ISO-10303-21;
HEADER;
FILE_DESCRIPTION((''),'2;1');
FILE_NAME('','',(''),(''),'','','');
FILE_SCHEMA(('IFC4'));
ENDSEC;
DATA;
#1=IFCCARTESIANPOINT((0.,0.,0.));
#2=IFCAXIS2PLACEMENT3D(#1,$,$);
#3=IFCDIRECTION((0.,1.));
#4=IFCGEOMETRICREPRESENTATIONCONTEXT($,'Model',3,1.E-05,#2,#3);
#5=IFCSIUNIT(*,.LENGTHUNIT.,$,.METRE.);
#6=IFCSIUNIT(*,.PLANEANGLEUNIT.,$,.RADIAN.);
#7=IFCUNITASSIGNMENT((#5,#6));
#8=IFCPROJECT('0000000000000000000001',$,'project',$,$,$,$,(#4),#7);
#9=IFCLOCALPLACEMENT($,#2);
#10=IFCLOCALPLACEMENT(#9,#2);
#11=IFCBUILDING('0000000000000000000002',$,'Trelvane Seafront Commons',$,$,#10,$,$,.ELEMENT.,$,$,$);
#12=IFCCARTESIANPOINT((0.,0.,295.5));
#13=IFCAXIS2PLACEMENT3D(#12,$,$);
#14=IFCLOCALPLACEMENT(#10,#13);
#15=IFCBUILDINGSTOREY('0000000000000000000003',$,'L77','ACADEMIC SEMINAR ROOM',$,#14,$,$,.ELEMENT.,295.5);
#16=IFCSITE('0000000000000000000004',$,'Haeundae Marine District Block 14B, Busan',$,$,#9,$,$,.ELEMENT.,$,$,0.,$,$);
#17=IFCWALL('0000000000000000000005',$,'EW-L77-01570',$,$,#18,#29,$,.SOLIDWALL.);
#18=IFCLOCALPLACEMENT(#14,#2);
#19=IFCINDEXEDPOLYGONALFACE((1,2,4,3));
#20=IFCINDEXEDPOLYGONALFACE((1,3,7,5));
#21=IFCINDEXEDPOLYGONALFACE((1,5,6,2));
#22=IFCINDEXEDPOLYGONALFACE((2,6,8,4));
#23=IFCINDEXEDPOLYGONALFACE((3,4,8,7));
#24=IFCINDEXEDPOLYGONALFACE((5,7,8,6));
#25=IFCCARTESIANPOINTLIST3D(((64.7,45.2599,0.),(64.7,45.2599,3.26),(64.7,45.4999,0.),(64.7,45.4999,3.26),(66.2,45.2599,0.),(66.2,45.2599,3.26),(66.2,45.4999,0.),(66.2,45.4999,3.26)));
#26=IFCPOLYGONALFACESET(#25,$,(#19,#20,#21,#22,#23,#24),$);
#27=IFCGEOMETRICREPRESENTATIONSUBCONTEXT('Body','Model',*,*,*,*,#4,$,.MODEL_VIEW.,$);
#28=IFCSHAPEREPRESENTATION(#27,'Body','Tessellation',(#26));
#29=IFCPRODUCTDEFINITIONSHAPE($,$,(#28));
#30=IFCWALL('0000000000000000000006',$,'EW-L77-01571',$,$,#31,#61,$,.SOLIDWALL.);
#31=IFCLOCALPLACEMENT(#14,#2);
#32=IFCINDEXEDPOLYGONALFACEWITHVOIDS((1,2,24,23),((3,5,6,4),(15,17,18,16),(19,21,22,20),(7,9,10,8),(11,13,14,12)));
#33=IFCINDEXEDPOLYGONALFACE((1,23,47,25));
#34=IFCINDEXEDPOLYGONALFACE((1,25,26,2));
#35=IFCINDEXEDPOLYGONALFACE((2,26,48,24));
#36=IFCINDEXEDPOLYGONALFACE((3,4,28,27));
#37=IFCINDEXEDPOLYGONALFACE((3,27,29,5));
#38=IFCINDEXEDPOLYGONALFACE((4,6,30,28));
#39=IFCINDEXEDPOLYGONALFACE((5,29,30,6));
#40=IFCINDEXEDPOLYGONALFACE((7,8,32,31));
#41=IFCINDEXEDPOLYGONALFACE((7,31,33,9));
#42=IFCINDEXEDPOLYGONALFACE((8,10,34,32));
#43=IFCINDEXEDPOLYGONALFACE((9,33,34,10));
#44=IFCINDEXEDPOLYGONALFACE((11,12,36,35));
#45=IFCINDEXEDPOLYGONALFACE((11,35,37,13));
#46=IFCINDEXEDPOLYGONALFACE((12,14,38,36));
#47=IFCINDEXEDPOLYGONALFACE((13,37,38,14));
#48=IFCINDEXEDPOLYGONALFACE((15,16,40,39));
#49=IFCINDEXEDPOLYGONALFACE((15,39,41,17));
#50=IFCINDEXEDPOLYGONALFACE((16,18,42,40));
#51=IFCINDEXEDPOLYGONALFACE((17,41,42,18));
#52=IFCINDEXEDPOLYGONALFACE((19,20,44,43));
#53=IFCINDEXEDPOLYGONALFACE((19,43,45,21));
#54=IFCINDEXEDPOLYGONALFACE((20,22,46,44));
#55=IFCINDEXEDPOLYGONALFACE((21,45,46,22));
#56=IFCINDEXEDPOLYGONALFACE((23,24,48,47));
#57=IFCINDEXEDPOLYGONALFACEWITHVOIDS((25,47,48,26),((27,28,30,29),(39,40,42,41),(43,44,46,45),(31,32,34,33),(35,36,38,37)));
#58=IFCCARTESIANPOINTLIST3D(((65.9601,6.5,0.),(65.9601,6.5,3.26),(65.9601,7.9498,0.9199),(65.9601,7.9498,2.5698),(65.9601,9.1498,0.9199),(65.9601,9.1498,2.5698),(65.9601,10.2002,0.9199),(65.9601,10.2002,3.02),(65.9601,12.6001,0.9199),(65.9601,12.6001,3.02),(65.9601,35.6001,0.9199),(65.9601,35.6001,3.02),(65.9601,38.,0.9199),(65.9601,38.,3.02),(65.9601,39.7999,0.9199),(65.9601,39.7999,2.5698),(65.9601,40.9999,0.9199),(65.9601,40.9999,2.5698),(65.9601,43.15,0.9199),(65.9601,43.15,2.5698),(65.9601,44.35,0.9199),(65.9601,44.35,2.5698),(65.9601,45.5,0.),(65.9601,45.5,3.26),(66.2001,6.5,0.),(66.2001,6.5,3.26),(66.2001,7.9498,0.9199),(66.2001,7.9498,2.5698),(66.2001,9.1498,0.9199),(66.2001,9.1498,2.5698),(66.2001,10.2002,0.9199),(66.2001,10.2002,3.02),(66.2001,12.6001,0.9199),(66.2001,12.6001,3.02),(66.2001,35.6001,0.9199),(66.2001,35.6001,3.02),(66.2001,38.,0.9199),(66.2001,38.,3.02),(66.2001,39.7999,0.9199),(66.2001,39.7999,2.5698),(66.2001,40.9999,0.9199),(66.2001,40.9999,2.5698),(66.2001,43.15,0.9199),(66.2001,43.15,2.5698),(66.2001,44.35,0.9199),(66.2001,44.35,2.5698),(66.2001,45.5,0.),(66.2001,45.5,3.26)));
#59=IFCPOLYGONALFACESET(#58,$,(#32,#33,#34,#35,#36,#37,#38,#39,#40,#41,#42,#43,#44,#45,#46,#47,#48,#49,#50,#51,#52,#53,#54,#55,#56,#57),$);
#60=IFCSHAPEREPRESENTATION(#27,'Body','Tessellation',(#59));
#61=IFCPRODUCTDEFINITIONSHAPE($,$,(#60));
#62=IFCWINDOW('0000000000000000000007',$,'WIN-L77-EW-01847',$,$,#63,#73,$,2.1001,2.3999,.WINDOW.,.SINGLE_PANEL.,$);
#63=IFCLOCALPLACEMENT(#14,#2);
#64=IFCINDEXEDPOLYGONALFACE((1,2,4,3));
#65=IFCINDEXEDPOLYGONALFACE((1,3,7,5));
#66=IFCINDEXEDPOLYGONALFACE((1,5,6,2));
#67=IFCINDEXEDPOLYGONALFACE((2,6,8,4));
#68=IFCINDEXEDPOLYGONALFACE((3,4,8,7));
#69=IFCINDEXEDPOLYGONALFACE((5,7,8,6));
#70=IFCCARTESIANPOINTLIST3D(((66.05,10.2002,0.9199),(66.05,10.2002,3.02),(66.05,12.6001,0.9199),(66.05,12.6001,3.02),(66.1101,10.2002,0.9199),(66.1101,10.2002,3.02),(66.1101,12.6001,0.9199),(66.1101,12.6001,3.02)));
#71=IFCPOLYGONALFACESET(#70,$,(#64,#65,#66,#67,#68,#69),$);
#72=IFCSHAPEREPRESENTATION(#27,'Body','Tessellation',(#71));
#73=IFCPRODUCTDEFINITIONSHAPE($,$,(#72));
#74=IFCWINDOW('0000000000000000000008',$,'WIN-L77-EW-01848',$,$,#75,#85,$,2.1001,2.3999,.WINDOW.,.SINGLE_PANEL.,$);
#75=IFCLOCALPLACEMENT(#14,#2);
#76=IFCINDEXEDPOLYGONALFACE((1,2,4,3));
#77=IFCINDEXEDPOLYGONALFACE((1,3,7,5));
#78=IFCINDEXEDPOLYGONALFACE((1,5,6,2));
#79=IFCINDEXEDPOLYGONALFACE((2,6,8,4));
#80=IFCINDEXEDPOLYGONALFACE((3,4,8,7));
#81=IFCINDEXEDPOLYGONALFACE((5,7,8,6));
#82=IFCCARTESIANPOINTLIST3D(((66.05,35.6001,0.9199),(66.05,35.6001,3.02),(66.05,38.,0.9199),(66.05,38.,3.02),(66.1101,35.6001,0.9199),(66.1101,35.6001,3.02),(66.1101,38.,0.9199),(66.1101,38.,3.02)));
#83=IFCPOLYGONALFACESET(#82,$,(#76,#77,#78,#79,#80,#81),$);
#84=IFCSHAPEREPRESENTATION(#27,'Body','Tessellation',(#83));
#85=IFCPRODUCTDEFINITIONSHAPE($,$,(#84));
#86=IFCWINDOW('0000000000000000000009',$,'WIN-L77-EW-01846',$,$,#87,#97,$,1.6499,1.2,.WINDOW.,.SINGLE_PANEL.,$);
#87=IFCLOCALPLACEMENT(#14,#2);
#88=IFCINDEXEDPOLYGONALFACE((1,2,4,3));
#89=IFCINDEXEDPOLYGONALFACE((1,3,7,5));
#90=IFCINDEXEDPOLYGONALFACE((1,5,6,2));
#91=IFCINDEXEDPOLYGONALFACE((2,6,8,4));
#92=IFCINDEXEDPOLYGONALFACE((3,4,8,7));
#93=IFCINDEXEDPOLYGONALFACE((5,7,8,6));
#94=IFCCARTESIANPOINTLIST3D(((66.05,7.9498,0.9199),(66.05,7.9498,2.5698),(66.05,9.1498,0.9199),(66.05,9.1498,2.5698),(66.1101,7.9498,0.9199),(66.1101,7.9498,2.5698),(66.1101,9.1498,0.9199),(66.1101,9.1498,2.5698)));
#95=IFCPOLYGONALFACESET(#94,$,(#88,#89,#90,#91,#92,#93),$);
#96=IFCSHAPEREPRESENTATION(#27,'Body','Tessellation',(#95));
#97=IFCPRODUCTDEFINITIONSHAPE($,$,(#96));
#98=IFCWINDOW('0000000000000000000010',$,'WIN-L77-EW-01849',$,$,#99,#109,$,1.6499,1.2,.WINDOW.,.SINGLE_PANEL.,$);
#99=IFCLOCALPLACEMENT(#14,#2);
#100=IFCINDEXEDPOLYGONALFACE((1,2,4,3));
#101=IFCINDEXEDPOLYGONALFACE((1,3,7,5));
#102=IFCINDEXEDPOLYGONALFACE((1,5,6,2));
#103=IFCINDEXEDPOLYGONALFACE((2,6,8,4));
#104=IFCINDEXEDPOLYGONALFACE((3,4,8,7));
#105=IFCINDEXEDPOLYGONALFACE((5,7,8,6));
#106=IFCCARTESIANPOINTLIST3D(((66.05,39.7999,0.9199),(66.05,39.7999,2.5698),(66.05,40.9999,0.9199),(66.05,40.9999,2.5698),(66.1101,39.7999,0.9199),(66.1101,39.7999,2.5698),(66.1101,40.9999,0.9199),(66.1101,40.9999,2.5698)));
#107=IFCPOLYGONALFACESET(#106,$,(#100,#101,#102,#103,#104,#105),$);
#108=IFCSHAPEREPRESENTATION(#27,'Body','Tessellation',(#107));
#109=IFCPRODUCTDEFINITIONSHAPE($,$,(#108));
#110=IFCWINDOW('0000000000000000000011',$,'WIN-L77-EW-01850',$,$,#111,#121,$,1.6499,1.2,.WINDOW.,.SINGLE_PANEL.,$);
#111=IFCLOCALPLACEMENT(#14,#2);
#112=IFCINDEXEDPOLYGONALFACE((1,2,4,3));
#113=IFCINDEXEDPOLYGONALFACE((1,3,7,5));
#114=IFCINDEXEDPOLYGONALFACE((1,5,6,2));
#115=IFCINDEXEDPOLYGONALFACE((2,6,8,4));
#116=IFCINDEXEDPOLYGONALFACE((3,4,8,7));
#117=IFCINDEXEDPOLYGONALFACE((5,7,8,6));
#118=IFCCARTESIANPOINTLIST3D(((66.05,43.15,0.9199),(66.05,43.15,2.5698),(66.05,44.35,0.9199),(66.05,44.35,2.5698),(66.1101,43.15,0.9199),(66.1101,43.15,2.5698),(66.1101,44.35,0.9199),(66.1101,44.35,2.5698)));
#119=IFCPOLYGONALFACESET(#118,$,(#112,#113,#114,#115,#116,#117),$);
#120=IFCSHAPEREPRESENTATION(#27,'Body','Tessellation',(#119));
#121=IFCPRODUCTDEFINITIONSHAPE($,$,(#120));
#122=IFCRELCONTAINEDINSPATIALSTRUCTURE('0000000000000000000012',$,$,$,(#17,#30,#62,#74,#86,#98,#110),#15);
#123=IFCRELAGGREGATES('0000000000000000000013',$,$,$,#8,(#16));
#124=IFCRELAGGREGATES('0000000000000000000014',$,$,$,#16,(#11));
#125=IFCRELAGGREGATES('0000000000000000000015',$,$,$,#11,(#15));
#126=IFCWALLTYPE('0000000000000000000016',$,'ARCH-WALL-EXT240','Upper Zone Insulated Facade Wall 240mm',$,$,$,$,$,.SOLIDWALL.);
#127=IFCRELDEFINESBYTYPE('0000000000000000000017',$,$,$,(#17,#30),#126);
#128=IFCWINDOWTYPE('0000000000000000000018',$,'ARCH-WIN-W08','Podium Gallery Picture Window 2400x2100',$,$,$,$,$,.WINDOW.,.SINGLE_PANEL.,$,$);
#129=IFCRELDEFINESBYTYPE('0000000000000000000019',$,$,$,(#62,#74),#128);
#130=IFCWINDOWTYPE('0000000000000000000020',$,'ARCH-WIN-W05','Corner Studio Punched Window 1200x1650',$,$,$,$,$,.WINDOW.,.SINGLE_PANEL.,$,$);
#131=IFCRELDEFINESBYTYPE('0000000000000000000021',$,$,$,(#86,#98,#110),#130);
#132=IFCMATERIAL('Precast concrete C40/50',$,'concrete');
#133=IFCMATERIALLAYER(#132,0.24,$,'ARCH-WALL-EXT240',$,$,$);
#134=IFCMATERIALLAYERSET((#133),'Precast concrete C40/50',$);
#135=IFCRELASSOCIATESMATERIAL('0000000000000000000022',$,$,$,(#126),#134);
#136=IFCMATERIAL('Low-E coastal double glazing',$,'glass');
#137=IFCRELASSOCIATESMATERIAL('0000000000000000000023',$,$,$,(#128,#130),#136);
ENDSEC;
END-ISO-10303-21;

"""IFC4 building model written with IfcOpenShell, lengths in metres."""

from ifc_helpers import new_model, si_unit, direction, frame, frame_2d, origin, place, context, subcontext, project, spatial, rectangle, extrude, source, transform, mapped, material, layer, layer_set, type_object, element, fill, save


model = new_model("IFC4")

# Units and contexts
model_context = context("Model", 3, precision=1e-05, world=origin(), true_north=direction((0.0, 1.0)))
body_context = subcontext(model_context, "Body", "Model", "MODEL_VIEW")
ifc_project = project(units=[si_unit("LENGTHUNIT", "METRE"), si_unit("PLANEANGLEUNIT", "RADIAN")], contexts=[model_context])

# Site, building, storey
site_placement = place(None, origin())
site = spatial("IfcSite", under=ifc_project, at=site_placement, Name="Haeundae Marine District Block 14B, Busan", CompositionType="ELEMENT", RefElevation=0.0)
building_placement = place(site_placement, origin())
building = spatial("IfcBuilding", under=site, at=building_placement, Name="Trelvane Seafront Commons", CompositionType="ELEMENT")
storey_placement = place(building_placement, frame((0.0, 0.0, 295.5)))
storey = spatial("IfcBuildingStorey", under=building, at=storey_placement, Name="L77", Description="ACADEMIC SEMINAR ROOM", CompositionType="ELEMENT", Elevation=295.5)

# Shared definitions
ifc_material_1 = material(Name="Low-E coastal double glazing", Category="glass")

# Shared definitions
ifc_material_2 = material(Name="Precast concrete C40/50", Category="concrete")
ifc_layer_1 = layer(ifc_material_2, 0.24, Name="ARCH-WALL-EXT240")
ifc_layer_set_1 = layer_set([ifc_layer_1], Name="Precast concrete C40/50")
wall_type = type_object("IfcWallType", Name="ARCH-WALL-EXT240", Description="Upper Zone Insulated Facade Wall 240mm", PredefinedType="SOLIDWALL", material=ifc_layer_set_1)

# Wall
for number, where, z_axis, x_axis, name in (
    (1, (64.7, 45.3799, 0.0), (0.0, 0.0, 1.0), (1.0, 0.0, 0.0), "EW-L77-01570"),
):
    element("IfcWall", number, at=place(storey_placement, frame(where, z_axis=z_axis, x_axis=x_axis)), inside=storey, type_object=wall_type, Name=name, PredefinedType="SOLIDWALL", context=body_context, shape_type="SweptSolid", body=[
        extrude(rectangle(XDim=1.5, YDim=0.24, at=frame_2d((0.75, 0.0))), origin(), (0.0, 0.0, 1.0), 3.26),
    ])

# Wall, openings, windows
wall_1_placement = place(storey_placement, frame((66.0801, 45.5, 0.0), z_axis=(0.0, 0.0, 1.0), x_axis=(0.0, -1.0, 0.0)))
wall_1 = element("IfcWall", 2, at=wall_1_placement, inside=storey, type_object=wall_type, Name="EW-L77-01571", PredefinedType="SOLIDWALL", context=body_context, shape_type="SweptSolid", body=[
    extrude(rectangle(XDim=39.0, YDim=0.24, at=frame_2d((19.5, 0.0))), origin(), (0.0, 0.0, 1.0), 3.26),
])
opening_1_placement = place(wall_1_placement, frame((36.3501, 0.0, 0.9199)))
opening_1 = element("IfcOpeningElement", 3, at=opening_1_placement, cuts=wall_1, PredefinedType="OPENING", context=body_context, shape_type="SweptSolid", body=[
    extrude(rectangle(XDim=1.2, YDim=1.6499, at=frame_2d((0.6001, 0.825))), frame((0.0, 0.1299, 0.0), z_axis=(0.0, -1.0, 0.0), x_axis=(1.0, 0.0, 0.0)), (0.0, 0.0, 1.0), 0.26),
])
opening_2_placement = place(wall_1_placement, frame((32.8999, 0.0, 0.9199)))
opening_2 = element("IfcOpeningElement", 4, at=opening_2_placement, cuts=wall_1, PredefinedType="OPENING", context=body_context, shape_type="SweptSolid", body=[
    extrude(rectangle(XDim=2.3999, YDim=2.1001, at=frame_2d((1.2, 1.05))), frame((0.0, 0.1299, 0.0), z_axis=(0.0, -1.0, 0.0), x_axis=(1.0, 0.0, 0.0)), (0.0, 0.0, 1.0), 0.26),
])
opening_3_placement = place(wall_1_placement, frame((7.5, 0.0, 0.9199)))
opening_3 = element("IfcOpeningElement", 5, at=opening_3_placement, cuts=wall_1, PredefinedType="OPENING", context=body_context, shape_type="SweptSolid", body=[
    extrude(rectangle(XDim=2.3999, YDim=2.1001, at=frame_2d((1.2, 1.05))), frame((0.0, 0.1299, 0.0), z_axis=(0.0, -1.0, 0.0), x_axis=(1.0, 0.0, 0.0)), (0.0, 0.0, 1.0), 0.26),
])
opening_4_placement = place(wall_1_placement, frame((4.5, 0.0, 0.9199)))
opening_4 = element("IfcOpeningElement", 6, at=opening_4_placement, cuts=wall_1, PredefinedType="OPENING", context=body_context, shape_type="SweptSolid", body=[
    extrude(rectangle(XDim=1.2, YDim=1.6499, at=frame_2d((0.6001, 0.825))), frame((0.0, 0.1299, 0.0), z_axis=(0.0, -1.0, 0.0), x_axis=(1.0, 0.0, 0.0)), (0.0, 0.0, 1.0), 0.26),
])
opening_5_placement = place(wall_1_placement, frame((1.1499, 0.0, 0.9199)))
opening_5 = element("IfcOpeningElement", 7, at=opening_5_placement, cuts=wall_1, PredefinedType="OPENING", context=body_context, shape_type="SweptSolid", body=[
    extrude(rectangle(XDim=1.2, YDim=1.6499, at=frame_2d((0.6001, 0.825))), frame((0.0, 0.1299, 0.0), z_axis=(0.0, -1.0, 0.0), x_axis=(1.0, 0.0, 0.0)), (0.0, 0.0, 1.0), 0.26),
])
window_type_1 = type_object("IfcWindowType", Name="ARCH-WIN-W08", Description="Podium Gallery Picture Window 2400x2100", PartitioningType="SINGLE_PANEL", PredefinedType="WINDOW", material=ifc_material_1)
shared_shape_1 = source(origin(), body_context, "Body", "SweptSolid", [
    extrude(rectangle(XDim=2.3999, YDim=2.1001, at=frame_2d((1.2, 1.05))), frame((0.0, 0.03, 0.0), z_axis=(0.0, -1.0, 0.0), x_axis=(1.0, 0.0, 0.0)), (0.0, 0.0, 1.0), 0.0601),
])
window_1_placement = place(opening_2_placement, origin())
window_1 = element("IfcWindow", 8, at=window_1_placement, inside=storey, type_object=window_type_1, Name="WIN-L77-EW-01847", OverallHeight=2.1001, OverallWidth=2.3999, PartitioningType="SINGLE_PANEL", PredefinedType="WINDOW", context=body_context, shape_type="MappedRepresentation", body=[
    mapped(shared_shape_1, transform((0.0, 0.0, 0.0), x_axis=(1.0, 0.0, 0.0), y_axis=(0.0, 1.0, 0.0), z_axis=(0.0, 0.0, 1.0), scale=1.0)),
])
fill(opening_2, window_1)
window_2_placement = place(opening_3_placement, origin())
window_2 = element("IfcWindow", 9, at=window_2_placement, inside=storey, type_object=window_type_1, Name="WIN-L77-EW-01848", OverallHeight=2.1001, OverallWidth=2.3999, PartitioningType="SINGLE_PANEL", PredefinedType="WINDOW", context=body_context, shape_type="MappedRepresentation", body=[
    mapped(shared_shape_1, transform((0.0, 0.0, 0.0), x_axis=(1.0, 0.0, 0.0), y_axis=(0.0, 1.0, 0.0), z_axis=(0.0, 0.0, 1.0), scale=1.0)),
])
fill(opening_3, window_2)
window_type_2 = type_object("IfcWindowType", Name="ARCH-WIN-W05", Description="Corner Studio Punched Window 1200x1650", PartitioningType="SINGLE_PANEL", PredefinedType="WINDOW", material=ifc_material_1)
shared_shape_2 = source(origin(), body_context, "Body", "SweptSolid", [
    extrude(rectangle(XDim=1.2, YDim=1.6499, at=frame_2d((0.6001, 0.825))), frame((0.0, 0.03, 0.0), z_axis=(0.0, -1.0, 0.0), x_axis=(1.0, 0.0, 0.0)), (0.0, 0.0, 1.0), 0.0601),
])
window_3_placement = place(opening_1_placement, origin())
window_3 = element("IfcWindow", 10, at=window_3_placement, inside=storey, type_object=window_type_2, Name="WIN-L77-EW-01846", OverallHeight=1.6499, OverallWidth=1.2, PartitioningType="SINGLE_PANEL", PredefinedType="WINDOW", context=body_context, shape_type="MappedRepresentation", body=[
    mapped(shared_shape_2, transform((0.0, 0.0, 0.0), x_axis=(1.0, 0.0, 0.0), y_axis=(0.0, 1.0, 0.0), z_axis=(0.0, 0.0, 1.0), scale=1.0)),
])
fill(opening_1, window_3)
window_4_placement = place(opening_4_placement, origin())
window_4 = element("IfcWindow", 11, at=window_4_placement, inside=storey, type_object=window_type_2, Name="WIN-L77-EW-01849", OverallHeight=1.6499, OverallWidth=1.2, PartitioningType="SINGLE_PANEL", PredefinedType="WINDOW", context=body_context, shape_type="MappedRepresentation", body=[
    mapped(shared_shape_2, transform((0.0, 0.0, 0.0), x_axis=(1.0, 0.0, 0.0), y_axis=(0.0, 1.0, 0.0), z_axis=(0.0, 0.0, 1.0), scale=1.0)),
])
fill(opening_4, window_4)
window_5_placement = place(opening_5_placement, origin())
window_5 = element("IfcWindow", 12, at=window_5_placement, inside=storey, type_object=window_type_2, Name="WIN-L77-EW-01850", OverallHeight=1.6499, OverallWidth=1.2, PartitioningType="SINGLE_PANEL", PredefinedType="WINDOW", context=body_context, shape_type="MappedRepresentation", body=[
    mapped(shared_shape_2, transform((0.0, 0.0, 0.0), x_axis=(1.0, 0.0, 0.0), y_axis=(0.0, 1.0, 0.0), z_axis=(0.0, 0.0, 1.0), scale=1.0)),
])
fill(opening_5, window_5)

save(model, "model.ifc")
